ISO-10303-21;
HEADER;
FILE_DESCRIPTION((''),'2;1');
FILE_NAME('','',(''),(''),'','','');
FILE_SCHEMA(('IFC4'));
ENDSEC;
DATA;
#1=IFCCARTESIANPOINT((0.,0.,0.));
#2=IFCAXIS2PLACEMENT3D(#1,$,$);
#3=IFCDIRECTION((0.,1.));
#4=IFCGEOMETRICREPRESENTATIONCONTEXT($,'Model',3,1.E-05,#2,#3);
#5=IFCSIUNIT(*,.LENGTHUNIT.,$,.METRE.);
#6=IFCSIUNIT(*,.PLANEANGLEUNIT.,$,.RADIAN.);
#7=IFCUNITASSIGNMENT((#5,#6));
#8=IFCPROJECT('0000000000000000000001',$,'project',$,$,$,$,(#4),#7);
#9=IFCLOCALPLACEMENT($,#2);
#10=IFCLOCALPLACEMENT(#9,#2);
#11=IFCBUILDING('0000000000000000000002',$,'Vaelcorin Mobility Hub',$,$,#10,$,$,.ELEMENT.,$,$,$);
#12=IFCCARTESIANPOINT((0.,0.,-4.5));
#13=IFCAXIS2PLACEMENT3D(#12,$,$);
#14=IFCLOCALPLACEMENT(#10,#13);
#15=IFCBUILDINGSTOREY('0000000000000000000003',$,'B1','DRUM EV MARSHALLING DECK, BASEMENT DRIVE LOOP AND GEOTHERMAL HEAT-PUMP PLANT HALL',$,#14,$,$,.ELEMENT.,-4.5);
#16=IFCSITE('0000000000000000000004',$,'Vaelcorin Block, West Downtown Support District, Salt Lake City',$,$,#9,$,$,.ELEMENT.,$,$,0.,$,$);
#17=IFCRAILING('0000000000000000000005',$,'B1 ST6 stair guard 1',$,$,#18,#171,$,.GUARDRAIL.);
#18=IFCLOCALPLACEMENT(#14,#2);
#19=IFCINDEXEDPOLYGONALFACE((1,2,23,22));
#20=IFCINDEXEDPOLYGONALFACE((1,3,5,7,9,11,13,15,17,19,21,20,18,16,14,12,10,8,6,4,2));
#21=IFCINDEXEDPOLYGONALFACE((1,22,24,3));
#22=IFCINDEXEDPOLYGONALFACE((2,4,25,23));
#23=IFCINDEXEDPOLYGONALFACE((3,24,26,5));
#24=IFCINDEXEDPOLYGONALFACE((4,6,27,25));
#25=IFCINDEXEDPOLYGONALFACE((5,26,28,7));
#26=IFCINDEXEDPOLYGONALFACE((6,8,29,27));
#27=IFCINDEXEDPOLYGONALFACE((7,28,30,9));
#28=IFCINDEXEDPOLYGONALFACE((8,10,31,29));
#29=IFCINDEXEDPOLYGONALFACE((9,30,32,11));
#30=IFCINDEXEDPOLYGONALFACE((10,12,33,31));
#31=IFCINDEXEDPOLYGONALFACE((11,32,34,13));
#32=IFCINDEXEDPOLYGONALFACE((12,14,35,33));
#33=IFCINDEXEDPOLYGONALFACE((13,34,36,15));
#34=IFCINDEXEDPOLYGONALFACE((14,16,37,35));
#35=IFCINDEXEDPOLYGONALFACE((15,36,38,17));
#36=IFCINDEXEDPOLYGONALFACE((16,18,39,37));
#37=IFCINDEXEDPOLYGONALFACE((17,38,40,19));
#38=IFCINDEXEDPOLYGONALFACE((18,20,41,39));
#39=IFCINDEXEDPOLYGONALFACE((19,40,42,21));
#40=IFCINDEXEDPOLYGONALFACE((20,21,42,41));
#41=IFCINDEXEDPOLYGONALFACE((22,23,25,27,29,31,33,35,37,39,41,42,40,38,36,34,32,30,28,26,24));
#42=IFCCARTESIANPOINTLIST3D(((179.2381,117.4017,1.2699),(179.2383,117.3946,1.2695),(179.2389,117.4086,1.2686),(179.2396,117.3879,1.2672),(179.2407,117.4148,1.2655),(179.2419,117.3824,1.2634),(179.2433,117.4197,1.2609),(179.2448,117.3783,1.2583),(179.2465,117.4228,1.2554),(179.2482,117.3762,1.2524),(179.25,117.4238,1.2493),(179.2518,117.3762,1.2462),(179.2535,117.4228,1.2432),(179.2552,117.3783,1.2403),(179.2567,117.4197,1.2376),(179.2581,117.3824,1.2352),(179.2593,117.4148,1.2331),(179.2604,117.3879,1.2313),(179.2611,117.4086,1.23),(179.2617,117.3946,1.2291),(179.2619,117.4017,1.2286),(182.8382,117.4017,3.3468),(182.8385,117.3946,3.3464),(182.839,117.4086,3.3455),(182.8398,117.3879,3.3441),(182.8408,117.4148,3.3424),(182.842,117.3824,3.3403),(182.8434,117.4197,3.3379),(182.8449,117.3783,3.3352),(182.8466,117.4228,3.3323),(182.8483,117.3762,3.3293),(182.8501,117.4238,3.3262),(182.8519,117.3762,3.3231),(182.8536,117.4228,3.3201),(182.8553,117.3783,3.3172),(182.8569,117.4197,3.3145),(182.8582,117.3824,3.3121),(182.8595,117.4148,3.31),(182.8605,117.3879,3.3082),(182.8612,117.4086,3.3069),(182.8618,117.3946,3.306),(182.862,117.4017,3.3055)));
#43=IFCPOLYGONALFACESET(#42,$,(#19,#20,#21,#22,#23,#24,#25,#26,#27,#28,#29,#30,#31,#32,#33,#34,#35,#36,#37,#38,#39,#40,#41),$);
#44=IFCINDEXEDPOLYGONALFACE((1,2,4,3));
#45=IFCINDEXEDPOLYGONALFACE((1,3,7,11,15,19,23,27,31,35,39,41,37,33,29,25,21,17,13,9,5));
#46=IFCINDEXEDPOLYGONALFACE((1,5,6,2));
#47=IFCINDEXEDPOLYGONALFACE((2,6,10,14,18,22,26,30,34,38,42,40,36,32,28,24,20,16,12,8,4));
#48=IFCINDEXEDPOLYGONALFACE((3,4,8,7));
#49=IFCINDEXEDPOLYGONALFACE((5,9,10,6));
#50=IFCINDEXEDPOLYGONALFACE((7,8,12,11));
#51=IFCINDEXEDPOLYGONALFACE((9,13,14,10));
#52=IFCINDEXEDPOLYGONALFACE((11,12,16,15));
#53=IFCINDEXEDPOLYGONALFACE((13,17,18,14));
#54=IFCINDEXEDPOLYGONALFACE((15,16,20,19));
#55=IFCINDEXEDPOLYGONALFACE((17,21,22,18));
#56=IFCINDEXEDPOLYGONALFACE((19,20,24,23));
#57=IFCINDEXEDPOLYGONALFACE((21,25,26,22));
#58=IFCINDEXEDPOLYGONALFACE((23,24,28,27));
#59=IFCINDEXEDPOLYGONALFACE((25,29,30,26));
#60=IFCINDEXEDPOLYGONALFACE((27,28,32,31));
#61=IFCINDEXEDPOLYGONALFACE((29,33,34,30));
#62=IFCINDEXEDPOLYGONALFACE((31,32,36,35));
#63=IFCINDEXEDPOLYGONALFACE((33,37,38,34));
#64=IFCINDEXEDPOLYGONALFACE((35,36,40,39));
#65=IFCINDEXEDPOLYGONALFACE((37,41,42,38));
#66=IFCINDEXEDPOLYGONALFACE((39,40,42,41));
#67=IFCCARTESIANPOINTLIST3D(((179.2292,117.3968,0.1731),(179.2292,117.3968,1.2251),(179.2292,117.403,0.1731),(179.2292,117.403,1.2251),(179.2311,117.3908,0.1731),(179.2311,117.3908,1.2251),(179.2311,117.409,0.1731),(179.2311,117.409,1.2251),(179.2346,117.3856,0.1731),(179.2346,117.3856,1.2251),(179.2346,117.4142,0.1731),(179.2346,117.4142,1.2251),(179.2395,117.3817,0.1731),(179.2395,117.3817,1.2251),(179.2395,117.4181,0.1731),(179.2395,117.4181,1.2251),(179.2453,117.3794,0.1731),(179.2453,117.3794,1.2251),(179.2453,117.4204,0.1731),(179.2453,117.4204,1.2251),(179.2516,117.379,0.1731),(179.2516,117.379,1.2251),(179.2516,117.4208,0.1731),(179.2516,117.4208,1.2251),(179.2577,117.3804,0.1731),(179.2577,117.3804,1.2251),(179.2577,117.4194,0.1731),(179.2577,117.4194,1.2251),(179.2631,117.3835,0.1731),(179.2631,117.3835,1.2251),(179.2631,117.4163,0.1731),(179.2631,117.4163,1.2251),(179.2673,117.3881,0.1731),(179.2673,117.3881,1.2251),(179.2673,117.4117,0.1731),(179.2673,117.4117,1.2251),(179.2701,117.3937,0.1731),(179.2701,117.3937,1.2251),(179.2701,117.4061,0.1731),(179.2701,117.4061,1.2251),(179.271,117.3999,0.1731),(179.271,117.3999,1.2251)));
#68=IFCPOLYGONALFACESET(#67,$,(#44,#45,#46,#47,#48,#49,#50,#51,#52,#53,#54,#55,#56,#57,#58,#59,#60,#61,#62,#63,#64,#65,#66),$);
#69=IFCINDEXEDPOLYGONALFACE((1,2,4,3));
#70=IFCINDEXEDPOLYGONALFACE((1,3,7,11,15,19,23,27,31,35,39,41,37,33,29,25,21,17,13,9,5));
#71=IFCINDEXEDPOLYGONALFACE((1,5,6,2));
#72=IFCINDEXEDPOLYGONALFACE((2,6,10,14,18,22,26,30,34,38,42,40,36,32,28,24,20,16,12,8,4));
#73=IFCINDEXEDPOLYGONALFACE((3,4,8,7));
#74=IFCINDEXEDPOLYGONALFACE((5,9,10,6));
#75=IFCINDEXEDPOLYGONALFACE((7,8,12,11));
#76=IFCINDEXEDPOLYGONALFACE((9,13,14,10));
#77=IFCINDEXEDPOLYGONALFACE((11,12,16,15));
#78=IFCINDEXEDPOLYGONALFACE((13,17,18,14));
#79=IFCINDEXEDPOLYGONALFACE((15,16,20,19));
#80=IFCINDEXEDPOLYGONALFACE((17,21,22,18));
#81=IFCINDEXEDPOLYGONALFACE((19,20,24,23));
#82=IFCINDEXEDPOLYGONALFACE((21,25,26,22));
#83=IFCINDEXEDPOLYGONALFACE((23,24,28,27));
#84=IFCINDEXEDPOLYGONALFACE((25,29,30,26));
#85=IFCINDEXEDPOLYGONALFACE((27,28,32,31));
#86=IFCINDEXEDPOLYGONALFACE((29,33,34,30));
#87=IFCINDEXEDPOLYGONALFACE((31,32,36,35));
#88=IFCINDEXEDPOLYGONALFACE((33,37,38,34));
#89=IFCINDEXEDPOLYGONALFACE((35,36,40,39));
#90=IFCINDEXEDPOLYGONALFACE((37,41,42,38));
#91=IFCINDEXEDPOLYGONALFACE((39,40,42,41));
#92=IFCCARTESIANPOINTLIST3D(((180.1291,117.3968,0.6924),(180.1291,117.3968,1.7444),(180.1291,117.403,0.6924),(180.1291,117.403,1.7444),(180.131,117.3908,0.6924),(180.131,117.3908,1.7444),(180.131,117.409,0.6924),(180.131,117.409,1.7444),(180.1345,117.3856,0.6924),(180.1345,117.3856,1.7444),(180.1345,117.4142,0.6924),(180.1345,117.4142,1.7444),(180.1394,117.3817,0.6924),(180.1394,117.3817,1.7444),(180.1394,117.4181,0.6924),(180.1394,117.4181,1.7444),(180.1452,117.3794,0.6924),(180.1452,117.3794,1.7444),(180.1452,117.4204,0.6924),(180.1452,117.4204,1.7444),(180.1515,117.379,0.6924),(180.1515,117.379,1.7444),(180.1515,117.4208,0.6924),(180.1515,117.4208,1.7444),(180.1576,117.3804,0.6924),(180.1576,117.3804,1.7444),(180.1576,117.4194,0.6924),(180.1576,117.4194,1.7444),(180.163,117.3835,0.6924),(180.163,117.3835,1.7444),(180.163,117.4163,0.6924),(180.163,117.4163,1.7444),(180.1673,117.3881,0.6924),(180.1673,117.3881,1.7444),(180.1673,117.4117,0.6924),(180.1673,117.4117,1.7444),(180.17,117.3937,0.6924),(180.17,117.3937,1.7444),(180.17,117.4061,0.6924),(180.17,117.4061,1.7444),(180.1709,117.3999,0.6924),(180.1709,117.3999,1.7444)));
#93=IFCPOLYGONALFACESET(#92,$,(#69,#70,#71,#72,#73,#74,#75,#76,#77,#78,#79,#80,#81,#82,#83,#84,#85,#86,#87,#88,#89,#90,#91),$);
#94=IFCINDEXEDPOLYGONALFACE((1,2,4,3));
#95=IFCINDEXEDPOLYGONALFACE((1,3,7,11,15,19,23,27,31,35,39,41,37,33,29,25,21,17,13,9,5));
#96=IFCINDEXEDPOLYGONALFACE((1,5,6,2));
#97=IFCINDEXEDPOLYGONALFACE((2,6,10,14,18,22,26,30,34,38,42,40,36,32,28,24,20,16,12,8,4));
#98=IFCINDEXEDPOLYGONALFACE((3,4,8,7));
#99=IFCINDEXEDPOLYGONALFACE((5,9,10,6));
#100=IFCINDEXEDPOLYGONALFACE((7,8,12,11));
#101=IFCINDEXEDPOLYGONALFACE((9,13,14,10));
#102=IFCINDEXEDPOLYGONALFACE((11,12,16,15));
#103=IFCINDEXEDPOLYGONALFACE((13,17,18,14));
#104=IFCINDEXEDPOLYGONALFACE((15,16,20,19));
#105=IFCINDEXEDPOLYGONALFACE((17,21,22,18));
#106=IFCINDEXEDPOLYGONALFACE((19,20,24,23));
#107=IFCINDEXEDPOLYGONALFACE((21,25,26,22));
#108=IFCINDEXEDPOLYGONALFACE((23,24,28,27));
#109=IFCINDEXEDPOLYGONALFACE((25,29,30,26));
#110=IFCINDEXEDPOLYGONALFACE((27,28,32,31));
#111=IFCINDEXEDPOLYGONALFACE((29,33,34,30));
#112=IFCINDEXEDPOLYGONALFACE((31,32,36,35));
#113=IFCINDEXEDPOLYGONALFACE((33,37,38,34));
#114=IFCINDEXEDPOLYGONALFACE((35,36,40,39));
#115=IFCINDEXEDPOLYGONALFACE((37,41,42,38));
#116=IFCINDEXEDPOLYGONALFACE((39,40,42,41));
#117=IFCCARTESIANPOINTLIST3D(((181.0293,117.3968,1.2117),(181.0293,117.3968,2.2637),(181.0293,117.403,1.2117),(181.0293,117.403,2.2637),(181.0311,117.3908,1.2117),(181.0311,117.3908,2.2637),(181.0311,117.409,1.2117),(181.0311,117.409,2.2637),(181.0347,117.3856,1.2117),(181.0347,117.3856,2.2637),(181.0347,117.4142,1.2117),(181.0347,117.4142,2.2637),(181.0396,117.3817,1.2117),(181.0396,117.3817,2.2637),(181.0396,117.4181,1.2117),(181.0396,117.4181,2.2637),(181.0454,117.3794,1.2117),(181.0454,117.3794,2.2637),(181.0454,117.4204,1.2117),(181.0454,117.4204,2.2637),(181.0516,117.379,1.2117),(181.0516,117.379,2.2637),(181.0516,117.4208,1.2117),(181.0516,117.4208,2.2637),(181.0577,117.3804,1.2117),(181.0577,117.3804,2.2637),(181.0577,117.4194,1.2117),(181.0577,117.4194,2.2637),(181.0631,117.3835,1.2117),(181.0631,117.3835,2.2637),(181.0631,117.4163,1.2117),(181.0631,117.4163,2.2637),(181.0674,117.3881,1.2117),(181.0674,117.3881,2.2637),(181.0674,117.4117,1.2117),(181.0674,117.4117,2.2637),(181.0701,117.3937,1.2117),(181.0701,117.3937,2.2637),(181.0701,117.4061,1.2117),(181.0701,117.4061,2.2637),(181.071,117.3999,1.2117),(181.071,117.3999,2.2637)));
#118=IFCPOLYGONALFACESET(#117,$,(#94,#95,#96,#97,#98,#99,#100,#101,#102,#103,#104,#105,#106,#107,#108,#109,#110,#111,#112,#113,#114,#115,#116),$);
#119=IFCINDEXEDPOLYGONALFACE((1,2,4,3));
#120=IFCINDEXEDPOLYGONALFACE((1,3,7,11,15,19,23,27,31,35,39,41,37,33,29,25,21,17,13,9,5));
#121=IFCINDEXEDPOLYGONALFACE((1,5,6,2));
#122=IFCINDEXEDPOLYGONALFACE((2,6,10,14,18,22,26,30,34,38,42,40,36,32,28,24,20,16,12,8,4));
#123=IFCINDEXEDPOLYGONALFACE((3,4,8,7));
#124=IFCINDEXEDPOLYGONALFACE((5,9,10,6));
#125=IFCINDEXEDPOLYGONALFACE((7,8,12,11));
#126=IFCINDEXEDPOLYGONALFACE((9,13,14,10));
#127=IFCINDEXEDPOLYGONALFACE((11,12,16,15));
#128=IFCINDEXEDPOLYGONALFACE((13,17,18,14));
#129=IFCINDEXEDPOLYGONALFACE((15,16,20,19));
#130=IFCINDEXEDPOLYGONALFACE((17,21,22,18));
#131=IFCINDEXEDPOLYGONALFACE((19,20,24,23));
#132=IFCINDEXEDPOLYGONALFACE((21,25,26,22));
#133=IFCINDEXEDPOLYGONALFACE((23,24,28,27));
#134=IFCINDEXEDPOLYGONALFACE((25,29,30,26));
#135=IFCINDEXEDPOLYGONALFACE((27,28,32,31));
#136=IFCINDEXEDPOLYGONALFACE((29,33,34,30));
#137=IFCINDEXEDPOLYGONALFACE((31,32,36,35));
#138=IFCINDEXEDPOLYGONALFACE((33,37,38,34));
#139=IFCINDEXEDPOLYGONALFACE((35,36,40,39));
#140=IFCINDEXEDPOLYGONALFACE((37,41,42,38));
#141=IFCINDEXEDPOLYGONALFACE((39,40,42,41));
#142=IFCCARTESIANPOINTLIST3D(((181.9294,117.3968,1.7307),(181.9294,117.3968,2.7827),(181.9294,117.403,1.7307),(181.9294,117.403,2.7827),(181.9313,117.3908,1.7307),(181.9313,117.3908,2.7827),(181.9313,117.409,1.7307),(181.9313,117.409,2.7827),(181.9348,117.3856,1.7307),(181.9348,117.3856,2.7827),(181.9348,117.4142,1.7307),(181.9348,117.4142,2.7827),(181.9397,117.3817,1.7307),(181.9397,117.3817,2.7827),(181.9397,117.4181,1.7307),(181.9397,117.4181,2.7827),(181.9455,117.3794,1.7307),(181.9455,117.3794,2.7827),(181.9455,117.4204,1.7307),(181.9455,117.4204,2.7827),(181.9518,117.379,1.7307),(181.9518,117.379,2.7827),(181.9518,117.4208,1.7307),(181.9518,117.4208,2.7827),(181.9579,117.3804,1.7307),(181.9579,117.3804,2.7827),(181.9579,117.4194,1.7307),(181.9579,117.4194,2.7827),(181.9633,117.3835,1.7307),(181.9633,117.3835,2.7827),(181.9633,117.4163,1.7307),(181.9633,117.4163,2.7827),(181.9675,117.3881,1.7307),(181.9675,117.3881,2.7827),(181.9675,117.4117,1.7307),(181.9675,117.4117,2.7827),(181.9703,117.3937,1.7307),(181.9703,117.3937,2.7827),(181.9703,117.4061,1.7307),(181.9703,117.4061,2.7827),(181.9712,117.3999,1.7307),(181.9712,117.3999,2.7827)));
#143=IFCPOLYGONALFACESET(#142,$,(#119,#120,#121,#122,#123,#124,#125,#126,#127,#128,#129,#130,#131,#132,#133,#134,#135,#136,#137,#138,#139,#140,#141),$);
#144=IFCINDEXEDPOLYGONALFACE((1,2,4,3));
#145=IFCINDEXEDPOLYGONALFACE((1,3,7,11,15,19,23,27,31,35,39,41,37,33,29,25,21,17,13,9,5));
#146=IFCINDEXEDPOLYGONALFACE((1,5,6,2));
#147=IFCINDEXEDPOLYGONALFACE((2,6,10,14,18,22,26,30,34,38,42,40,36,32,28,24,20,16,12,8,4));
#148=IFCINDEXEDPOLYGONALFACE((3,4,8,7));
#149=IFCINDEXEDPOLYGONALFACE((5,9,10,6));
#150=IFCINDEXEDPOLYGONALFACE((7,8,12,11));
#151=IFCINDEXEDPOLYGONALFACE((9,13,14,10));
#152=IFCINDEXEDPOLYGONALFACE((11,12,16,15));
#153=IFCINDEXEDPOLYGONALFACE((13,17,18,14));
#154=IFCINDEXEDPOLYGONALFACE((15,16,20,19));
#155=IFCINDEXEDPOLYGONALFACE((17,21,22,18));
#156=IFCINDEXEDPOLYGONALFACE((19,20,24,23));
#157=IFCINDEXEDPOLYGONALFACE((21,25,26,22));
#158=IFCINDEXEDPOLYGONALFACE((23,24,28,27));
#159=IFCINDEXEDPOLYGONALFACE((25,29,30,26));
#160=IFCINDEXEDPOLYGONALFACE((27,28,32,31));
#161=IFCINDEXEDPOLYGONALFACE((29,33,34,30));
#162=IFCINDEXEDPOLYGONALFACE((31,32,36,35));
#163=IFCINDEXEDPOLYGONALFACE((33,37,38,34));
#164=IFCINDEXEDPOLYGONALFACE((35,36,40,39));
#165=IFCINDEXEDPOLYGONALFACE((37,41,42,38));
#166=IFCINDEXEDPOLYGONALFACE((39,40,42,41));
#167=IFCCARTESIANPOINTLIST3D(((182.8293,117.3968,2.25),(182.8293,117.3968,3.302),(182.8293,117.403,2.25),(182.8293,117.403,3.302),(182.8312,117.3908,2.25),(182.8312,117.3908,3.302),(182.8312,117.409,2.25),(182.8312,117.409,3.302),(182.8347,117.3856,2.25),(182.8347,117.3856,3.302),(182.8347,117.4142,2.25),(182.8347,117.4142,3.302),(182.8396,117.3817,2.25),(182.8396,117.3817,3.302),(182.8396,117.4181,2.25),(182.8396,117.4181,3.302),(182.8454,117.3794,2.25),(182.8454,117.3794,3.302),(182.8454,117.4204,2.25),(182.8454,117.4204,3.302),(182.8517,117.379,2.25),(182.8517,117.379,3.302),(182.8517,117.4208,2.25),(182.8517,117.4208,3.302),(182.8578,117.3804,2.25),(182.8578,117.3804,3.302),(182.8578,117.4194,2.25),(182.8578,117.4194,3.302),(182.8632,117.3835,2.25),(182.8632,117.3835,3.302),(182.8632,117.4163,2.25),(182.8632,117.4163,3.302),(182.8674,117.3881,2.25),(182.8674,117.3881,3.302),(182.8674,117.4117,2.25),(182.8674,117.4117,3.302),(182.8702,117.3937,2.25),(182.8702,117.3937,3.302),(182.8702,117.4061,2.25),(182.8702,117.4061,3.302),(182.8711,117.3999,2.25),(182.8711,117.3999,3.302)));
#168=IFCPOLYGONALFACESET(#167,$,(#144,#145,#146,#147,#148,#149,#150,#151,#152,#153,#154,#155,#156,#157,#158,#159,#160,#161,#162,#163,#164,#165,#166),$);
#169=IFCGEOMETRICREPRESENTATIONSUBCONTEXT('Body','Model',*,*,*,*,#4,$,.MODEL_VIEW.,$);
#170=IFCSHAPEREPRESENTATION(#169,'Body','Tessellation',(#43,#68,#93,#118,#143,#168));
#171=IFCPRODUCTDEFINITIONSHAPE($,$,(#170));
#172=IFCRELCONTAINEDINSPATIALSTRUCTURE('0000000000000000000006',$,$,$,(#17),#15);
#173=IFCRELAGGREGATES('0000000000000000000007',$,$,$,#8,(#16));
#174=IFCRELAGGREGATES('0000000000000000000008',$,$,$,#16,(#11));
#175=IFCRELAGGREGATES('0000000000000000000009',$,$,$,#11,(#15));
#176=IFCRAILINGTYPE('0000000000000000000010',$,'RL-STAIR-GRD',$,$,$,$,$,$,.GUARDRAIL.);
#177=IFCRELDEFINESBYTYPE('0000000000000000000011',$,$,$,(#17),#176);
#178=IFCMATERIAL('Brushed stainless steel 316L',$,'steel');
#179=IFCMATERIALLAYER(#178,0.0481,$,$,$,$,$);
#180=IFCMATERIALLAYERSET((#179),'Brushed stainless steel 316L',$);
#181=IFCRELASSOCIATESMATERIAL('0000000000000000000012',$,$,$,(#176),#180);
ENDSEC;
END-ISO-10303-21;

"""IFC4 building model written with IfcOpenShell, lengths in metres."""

from ifc_helpers import new_model, si_unit, direction, frame, origin, origin_2d, place, context, subcontext, project, spatial, circle, extrude, material, layer, layer_set, type_object, element, save


model = new_model("IFC4")

# Units and contexts
model_context = context("Model", 3, precision=1e-05, world=origin(), true_north=direction((0.0, 1.0)))
body_context = subcontext(model_context, "Body", "Model", "MODEL_VIEW")
ifc_project = project(units=[si_unit("LENGTHUNIT", "METRE"), si_unit("PLANEANGLEUNIT", "RADIAN")], contexts=[model_context])

# Site, building, storey
site_placement = place(None, origin())
site = spatial("IfcSite", under=ifc_project, at=site_placement, Name="Vaelcorin Block, West Downtown Support District, Salt Lake City", CompositionType="ELEMENT", RefElevation=0.0)
building_placement = place(site_placement, origin())
building = spatial("IfcBuilding", under=site, at=building_placement, Name="Vaelcorin Mobility Hub", CompositionType="ELEMENT")
storey_placement = place(building_placement, frame((0.0, 0.0, -4.5)))
storey = spatial("IfcBuildingStorey", under=building, at=storey_placement, Name="B1", Description="DRUM EV MARSHALLING DECK, BASEMENT DRIVE LOOP AND GEOTHERMAL HEAT-PUMP PLANT HALL", CompositionType="ELEMENT", Elevation=-4.5)

# Railing
ifc_material_1 = material(Name="Brushed stainless steel 316L", Category="steel")
ifc_layer_1 = layer(ifc_material_1, 0.0481)
ifc_layer_set_1 = layer_set([ifc_layer_1], Name="Brushed stainless steel 316L")
railing_type_1 = type_object("IfcRailingType", Name="RL-STAIR-GRD", PredefinedType="GUARDRAIL", material=ifc_layer_set_1)
railing_1_placement = place(storey_placement, frame((179.25, 117.3999, 0.1731)))
element("IfcRailing", 1, at=railing_1_placement, inside=storey, type_object=railing_type_1, Name="B1 ST6 stair guard 1", PredefinedType="GUARDRAIL", context=body_context, shape_type="SweptSolid", body=[
    extrude(circle(Radius=0.0239, at=origin_2d()), frame((0.0, 0.0, 1.0762), z_axis=(0.866193, 0.0, 0.499709), x_axis=(0.0, 1.0, 0.0)), (0.0, 0.0, 1.0), 4.1562),
    extrude(circle(Radius=0.021, at=origin_2d()), origin(), (0.0, 0.0, 1.0), 1.052),
    extrude(circle(Radius=0.021, at=origin_2d()), frame((0.8999, 0.0, 0.5193)), (0.0, 0.0, 1.0), 1.052),
    extrude(circle(Radius=0.021, at=origin_2d()), frame((1.8, 0.0, 1.0386)), (0.0, 0.0, 1.0), 1.052),
    extrude(circle(Radius=0.021, at=origin_2d()), frame((2.7002, 0.0, 1.5576)), (0.0, 0.0, 1.0), 1.052),
    extrude(circle(Radius=0.021, at=origin_2d()), frame((3.6001, 0.0, 2.0769)), (0.0, 0.0, 1.0), 1.052),
])

save(model, "model.ifc")
